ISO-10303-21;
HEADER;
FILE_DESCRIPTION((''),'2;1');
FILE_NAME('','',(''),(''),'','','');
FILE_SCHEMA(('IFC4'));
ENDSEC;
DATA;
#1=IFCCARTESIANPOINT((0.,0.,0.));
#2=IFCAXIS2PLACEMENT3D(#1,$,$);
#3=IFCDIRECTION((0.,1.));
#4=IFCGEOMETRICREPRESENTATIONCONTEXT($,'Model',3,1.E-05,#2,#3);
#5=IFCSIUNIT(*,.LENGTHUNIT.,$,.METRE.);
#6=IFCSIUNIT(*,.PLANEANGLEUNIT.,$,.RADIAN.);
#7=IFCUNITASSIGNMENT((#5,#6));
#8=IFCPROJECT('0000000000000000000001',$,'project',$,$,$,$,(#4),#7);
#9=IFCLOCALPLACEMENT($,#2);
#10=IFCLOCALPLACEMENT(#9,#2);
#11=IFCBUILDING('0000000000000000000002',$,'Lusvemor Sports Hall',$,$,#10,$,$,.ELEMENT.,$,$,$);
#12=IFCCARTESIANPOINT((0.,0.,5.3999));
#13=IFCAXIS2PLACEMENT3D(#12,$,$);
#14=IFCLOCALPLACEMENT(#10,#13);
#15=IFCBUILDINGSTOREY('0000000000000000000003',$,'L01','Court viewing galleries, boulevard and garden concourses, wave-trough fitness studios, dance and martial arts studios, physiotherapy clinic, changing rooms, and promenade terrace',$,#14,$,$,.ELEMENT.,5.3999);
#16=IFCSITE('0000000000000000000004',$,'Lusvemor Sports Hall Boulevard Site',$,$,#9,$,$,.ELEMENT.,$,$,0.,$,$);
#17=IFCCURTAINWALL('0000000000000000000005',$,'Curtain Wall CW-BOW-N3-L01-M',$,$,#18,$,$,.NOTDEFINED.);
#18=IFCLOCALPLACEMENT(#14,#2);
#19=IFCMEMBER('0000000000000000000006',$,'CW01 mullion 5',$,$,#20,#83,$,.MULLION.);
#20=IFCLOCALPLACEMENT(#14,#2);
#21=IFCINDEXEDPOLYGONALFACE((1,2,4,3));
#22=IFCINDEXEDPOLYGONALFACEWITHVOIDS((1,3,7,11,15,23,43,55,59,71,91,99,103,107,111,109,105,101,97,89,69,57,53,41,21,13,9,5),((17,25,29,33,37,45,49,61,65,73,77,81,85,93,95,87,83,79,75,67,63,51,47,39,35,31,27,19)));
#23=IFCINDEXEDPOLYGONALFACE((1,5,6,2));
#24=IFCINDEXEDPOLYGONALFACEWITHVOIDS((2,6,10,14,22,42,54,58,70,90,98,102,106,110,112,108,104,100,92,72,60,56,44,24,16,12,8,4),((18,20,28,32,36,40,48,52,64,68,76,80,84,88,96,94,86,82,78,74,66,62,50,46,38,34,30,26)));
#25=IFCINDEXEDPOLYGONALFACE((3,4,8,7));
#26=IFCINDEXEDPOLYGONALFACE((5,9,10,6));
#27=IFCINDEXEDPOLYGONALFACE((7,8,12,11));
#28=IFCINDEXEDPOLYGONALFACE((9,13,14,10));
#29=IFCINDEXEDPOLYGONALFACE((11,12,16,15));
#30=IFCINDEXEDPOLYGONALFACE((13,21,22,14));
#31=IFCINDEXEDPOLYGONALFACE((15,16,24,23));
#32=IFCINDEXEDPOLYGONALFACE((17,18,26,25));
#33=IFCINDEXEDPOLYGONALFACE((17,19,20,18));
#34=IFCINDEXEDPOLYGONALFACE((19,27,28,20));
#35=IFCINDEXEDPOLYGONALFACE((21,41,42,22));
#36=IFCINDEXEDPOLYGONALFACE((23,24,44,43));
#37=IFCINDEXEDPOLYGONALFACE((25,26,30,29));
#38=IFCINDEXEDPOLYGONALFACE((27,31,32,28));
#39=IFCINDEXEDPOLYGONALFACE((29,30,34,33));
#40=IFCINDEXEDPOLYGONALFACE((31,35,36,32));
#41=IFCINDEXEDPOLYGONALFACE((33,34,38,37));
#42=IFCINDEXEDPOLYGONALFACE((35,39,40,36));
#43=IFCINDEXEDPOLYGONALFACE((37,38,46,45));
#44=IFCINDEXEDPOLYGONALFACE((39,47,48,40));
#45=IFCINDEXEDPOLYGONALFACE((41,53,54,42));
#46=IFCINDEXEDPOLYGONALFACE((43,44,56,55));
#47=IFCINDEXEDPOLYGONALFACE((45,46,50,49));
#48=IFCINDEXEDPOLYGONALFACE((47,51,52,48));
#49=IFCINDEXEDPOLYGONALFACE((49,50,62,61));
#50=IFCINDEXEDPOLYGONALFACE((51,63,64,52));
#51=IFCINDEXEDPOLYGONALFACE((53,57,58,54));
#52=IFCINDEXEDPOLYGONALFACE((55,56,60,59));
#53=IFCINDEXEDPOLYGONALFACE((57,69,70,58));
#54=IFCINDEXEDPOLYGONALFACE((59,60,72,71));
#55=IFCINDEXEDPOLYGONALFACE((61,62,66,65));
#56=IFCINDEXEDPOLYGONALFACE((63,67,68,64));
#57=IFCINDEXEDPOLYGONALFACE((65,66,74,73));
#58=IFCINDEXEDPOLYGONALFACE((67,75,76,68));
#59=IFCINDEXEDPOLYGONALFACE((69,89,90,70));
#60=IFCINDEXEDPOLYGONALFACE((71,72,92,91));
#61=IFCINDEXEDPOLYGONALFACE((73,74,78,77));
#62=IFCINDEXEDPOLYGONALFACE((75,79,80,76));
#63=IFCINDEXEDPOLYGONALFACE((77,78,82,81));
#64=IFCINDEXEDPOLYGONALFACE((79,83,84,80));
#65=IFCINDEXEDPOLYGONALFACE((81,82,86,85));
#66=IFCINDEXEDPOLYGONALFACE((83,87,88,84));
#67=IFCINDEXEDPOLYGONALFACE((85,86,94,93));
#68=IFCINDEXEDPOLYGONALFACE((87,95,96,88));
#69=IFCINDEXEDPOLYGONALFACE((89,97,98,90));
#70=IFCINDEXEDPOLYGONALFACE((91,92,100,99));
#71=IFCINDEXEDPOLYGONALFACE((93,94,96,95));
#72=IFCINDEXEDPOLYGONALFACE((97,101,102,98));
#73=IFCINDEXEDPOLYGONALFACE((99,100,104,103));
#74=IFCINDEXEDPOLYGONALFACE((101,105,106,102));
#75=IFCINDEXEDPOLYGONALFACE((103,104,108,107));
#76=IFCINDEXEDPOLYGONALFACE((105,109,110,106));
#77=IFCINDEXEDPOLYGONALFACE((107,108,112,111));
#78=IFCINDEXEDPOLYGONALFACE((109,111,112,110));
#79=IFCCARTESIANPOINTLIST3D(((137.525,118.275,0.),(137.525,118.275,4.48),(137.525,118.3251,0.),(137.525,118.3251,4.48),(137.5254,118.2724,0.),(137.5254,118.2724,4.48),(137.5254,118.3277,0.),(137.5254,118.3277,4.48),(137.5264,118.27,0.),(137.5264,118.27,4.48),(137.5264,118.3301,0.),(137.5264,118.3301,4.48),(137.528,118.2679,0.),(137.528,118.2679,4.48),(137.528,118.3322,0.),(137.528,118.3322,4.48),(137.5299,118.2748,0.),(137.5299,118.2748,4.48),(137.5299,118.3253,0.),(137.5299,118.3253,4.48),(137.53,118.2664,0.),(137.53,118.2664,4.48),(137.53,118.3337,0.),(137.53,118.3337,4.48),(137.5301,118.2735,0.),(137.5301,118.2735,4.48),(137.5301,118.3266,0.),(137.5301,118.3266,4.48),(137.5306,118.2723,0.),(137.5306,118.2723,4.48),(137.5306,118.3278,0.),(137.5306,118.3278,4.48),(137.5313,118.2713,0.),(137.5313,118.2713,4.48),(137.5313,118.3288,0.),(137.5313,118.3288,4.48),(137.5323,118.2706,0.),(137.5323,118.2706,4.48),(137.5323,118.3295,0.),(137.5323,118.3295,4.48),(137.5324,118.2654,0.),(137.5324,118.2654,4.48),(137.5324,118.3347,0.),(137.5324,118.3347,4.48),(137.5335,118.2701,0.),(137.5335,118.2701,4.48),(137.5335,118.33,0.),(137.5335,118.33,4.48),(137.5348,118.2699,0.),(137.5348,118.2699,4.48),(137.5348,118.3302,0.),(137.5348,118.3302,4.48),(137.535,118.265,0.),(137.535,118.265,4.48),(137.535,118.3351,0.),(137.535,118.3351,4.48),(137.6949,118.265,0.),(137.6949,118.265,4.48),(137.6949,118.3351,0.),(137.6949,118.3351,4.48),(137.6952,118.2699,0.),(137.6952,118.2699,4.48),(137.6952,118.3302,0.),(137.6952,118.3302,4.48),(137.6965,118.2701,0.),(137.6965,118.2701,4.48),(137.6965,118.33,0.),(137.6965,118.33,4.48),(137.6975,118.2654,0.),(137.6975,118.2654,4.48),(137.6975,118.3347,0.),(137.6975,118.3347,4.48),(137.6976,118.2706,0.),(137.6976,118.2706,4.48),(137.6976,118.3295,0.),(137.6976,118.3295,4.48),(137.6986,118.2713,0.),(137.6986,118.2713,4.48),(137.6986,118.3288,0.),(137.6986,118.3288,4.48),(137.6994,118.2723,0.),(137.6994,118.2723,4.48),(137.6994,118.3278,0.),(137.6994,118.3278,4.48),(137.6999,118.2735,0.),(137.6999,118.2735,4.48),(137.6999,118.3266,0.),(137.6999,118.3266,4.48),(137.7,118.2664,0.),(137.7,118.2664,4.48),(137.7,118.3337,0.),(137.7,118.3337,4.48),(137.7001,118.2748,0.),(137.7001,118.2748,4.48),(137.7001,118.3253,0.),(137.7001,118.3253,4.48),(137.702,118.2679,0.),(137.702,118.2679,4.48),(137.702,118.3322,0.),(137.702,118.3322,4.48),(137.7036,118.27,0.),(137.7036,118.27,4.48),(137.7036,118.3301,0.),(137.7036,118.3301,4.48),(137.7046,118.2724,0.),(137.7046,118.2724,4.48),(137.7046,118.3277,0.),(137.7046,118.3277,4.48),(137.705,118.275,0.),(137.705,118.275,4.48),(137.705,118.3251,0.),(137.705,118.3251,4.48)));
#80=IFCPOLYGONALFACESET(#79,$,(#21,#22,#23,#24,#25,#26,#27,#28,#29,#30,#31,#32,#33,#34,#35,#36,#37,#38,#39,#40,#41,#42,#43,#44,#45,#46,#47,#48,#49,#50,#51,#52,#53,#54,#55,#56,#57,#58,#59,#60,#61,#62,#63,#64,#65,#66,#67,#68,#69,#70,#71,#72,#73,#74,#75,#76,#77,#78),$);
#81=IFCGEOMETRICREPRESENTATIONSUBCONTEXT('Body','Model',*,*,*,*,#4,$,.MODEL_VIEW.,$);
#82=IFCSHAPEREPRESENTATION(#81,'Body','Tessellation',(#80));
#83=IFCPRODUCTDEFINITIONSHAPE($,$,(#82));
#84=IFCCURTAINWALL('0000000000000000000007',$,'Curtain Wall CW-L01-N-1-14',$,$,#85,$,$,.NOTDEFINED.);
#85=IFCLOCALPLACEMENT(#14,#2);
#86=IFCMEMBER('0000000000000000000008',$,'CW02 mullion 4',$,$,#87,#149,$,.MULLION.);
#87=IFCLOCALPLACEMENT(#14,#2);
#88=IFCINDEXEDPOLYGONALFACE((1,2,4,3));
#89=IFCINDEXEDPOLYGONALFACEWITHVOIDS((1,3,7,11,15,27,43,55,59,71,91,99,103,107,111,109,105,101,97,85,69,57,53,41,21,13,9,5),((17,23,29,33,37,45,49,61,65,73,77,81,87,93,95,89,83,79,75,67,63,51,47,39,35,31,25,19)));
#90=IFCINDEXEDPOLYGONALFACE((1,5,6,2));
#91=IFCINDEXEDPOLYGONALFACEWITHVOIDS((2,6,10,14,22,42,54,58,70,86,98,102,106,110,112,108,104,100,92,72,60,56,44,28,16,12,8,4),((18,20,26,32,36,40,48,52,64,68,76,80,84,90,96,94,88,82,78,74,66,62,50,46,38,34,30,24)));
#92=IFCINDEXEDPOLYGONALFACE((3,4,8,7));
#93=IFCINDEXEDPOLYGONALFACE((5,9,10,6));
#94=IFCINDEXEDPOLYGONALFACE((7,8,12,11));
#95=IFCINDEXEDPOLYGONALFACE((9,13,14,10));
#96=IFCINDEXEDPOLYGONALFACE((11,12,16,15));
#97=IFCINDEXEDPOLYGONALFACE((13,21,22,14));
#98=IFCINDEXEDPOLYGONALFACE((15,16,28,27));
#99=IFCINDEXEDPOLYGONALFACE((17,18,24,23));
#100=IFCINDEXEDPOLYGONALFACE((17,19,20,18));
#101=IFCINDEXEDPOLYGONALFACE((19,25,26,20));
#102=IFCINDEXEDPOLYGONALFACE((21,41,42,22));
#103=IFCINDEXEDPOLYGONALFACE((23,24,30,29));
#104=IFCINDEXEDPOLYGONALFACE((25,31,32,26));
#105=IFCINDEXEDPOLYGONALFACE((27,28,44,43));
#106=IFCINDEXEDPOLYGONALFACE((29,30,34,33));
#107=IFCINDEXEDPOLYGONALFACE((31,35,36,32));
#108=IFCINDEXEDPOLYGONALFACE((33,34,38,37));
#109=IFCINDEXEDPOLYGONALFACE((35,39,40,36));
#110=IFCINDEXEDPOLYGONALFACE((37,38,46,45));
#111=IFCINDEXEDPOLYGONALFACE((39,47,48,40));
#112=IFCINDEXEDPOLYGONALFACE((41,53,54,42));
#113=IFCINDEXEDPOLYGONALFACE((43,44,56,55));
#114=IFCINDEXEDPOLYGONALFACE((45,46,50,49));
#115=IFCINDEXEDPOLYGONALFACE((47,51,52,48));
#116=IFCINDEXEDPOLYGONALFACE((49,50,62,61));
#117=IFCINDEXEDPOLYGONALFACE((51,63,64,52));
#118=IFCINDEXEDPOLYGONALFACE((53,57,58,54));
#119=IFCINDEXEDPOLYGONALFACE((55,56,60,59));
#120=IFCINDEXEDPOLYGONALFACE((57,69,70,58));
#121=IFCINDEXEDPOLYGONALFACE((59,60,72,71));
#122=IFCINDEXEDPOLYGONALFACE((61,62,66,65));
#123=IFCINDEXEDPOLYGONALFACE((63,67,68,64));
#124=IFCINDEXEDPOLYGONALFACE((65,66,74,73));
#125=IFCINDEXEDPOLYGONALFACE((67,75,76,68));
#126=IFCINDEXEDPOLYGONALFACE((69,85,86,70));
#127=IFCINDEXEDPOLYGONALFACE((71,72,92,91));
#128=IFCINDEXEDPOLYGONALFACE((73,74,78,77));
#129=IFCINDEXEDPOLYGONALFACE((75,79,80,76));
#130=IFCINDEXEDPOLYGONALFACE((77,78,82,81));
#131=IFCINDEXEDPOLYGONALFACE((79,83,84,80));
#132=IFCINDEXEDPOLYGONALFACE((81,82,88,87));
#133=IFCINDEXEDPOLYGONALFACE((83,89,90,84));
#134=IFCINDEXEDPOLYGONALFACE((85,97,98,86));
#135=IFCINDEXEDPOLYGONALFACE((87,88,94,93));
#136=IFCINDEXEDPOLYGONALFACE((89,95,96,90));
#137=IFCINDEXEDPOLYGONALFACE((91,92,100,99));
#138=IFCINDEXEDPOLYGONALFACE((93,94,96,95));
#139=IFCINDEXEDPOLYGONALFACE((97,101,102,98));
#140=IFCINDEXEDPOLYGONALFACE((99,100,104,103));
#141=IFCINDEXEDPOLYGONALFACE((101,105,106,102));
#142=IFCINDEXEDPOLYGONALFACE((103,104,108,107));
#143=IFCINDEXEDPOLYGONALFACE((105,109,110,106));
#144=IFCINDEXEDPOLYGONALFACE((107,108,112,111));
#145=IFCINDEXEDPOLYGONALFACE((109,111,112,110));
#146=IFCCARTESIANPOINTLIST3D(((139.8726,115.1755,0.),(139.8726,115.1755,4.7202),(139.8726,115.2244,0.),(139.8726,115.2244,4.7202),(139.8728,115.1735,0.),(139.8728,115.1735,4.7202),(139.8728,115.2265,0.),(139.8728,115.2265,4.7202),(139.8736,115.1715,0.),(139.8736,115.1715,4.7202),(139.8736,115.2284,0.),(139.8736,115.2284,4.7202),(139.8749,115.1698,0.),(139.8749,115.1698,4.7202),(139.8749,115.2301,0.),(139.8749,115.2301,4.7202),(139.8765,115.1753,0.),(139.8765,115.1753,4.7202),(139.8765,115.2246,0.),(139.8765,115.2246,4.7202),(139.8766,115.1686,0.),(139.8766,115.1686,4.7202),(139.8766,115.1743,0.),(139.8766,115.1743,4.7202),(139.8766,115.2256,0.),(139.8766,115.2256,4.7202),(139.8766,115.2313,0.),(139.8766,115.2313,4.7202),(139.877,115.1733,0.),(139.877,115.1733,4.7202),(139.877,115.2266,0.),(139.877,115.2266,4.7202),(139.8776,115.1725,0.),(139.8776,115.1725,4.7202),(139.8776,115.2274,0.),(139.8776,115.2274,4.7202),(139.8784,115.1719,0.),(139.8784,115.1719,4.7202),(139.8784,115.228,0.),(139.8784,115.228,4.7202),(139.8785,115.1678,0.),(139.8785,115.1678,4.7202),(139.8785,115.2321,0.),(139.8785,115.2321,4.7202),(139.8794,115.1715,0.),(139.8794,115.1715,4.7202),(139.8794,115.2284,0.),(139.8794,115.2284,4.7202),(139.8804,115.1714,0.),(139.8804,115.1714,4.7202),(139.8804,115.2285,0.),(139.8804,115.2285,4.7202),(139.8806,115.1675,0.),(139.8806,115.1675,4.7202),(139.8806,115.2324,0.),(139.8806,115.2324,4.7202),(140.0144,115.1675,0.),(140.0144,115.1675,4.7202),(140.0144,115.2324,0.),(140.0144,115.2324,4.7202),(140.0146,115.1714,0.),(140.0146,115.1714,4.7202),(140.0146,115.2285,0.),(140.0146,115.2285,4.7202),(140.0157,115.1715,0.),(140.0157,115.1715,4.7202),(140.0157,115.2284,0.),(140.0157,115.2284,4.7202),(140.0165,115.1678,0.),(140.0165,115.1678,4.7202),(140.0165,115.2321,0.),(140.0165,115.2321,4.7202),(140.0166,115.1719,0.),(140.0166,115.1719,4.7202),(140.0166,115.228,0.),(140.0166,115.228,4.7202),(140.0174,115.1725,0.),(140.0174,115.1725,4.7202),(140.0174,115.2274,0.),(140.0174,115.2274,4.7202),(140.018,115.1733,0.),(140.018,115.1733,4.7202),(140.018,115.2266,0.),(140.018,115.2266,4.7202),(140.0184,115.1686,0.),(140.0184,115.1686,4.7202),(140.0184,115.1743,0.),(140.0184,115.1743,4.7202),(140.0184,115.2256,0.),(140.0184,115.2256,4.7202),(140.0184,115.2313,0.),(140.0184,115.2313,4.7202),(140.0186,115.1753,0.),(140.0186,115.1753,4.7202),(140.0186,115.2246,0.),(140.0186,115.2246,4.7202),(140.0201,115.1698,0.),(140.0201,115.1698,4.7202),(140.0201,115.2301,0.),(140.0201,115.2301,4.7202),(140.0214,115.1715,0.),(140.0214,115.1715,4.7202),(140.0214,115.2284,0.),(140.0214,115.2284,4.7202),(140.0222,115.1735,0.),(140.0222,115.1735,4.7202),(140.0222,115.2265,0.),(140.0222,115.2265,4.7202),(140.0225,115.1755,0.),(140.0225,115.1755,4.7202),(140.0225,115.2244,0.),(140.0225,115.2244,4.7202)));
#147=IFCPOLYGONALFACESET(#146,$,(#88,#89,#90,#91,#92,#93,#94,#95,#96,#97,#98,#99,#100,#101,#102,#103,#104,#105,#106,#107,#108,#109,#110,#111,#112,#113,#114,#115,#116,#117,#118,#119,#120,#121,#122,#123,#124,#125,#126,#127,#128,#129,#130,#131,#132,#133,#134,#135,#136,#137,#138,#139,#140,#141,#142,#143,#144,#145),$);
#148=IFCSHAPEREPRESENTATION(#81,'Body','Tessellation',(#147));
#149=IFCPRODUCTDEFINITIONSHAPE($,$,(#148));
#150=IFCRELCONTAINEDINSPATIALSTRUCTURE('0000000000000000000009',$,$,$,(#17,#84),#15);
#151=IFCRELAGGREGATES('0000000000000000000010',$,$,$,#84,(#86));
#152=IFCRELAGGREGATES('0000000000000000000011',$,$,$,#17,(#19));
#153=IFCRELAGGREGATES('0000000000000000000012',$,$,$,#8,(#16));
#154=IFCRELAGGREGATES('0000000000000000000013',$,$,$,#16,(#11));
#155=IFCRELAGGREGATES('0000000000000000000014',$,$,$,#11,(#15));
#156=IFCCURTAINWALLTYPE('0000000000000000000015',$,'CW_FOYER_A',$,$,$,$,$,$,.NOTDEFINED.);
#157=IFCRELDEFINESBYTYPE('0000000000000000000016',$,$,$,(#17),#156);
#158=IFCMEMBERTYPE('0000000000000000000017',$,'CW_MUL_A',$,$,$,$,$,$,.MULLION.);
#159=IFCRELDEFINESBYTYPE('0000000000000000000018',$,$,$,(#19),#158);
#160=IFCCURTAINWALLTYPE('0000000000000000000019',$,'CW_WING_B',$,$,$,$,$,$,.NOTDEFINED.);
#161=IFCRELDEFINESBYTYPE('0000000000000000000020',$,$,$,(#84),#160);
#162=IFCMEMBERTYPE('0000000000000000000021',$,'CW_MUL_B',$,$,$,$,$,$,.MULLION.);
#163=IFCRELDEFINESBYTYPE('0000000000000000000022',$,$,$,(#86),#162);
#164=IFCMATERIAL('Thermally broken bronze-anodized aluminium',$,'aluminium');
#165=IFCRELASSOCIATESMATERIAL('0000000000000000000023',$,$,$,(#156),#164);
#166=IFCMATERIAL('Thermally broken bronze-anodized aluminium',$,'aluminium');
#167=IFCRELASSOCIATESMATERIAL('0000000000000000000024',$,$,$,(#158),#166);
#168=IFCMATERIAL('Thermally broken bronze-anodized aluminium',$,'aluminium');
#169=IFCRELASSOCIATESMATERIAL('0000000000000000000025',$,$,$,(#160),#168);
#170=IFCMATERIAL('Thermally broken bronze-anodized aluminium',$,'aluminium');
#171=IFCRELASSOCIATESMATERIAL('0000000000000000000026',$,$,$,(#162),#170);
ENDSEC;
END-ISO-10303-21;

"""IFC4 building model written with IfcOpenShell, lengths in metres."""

from ifc_helpers import new_model, si_unit, direction, frame, origin, origin_2d, place, context, subcontext, project, spatial, hollow_rectangle, extrude, material, material_profile, profile_set, type_object, element, aggregate, save


model = new_model("IFC4")

# Units and contexts
model_context = context("Model", 3, precision=1e-05, world=origin(), true_north=direction((0.0, 1.0)))
body_context = subcontext(model_context, "Body", "Model", "MODEL_VIEW")
ifc_project = project(units=[si_unit("LENGTHUNIT", "METRE"), si_unit("PLANEANGLEUNIT", "RADIAN")], contexts=[model_context])

# Site, building, storey
site_placement = place(None, origin())
site = spatial("IfcSite", under=ifc_project, at=site_placement, Name="Lusvemor Sports Hall Boulevard Site", CompositionType="ELEMENT", RefElevation=0.0)
building_placement = place(site_placement, origin())
building = spatial("IfcBuilding", under=site, at=building_placement, Name="Lusvemor Sports Hall", CompositionType="ELEMENT")
storey_placement = place(building_placement, frame((0.0, 0.0, 5.3999)))
storey = spatial("IfcBuildingStorey", under=building, at=storey_placement, Name="L01", Description="Court viewing galleries, boulevard and garden concourses, wave-trough fitness studios, dance and martial arts studios, physiotherapy clinic, changing rooms, and promenade terrace", CompositionType="ELEMENT", Elevation=5.3999)

# Curtain wall, member
ifc_material_1 = material(Name="Thermally broken bronze-anodized aluminium", Category="aluminium")
curtain_wall_type_1 = type_object("IfcCurtainWallType", Name="CW_FOYER_A", PredefinedType="NOTDEFINED", material=ifc_material_1)
curtain_wall_1_placement = place(storey_placement, origin())
curtain_wall_1 = element("IfcCurtainWall", 1, at=curtain_wall_1_placement, inside=storey, type_object=curtain_wall_type_1, Name="Curtain Wall CW-BOW-N3-L01-M", PredefinedType="NOTDEFINED")
ifc_material_2 = material(Name="Thermally broken bronze-anodized aluminium", Category="aluminium")
ifc_material_profile_1 = material_profile(ifc_material_2, hollow_rectangle(XDim=0.0701, YDim=0.1799, WallThickness=0.0049, InnerFilletRadius=0.0049, OuterFilletRadius=0.01, at=origin_2d()), Name="CWMUL180x70x5")
ifc_profile_set_1 = profile_set([ifc_material_profile_1], Name="Thermally broken bronze-anodized aluminium")
member_type_1 = type_object("IfcMemberType", Name="CW_MUL_A", PredefinedType="MULLION", material=ifc_profile_set_1)
member_1_placement = place(storey_placement, frame((137.615, 118.3, 0.0), z_axis=(0.0, 0.0, 1.0), x_axis=(0.0, 1.0, 0.0)))
member_1 = element("IfcMember", 2, at=member_1_placement, type_object=member_type_1, Name="CW01 mullion 5", PredefinedType="MULLION", context=body_context, shape_type="SweptSolid", body=[
    extrude(hollow_rectangle(XDim=0.0701, YDim=0.1799, WallThickness=0.0049, InnerFilletRadius=0.0049, OuterFilletRadius=0.01, at=origin_2d()), origin(), (0.0, 0.0, 1.0), 4.48),
])

# Curtain wall, member
ifc_material_3 = material(Name="Thermally broken bronze-anodized aluminium", Category="aluminium")
curtain_wall_type_2 = type_object("IfcCurtainWallType", Name="CW_WING_B", PredefinedType="NOTDEFINED", material=ifc_material_3)
curtain_wall_2_placement = place(storey_placement, origin())
curtain_wall_2 = element("IfcCurtainWall", 3, at=curtain_wall_2_placement, inside=storey, type_object=curtain_wall_type_2, Name="Curtain Wall CW-L01-N-1-14", PredefinedType="NOTDEFINED")
ifc_material_4 = material(Name="Thermally broken bronze-anodized aluminium", Category="aluminium")
ifc_material_profile_2 = material_profile(ifc_material_4, hollow_rectangle(XDim=0.0649, YDim=0.1499, WallThickness=0.0039, InnerFilletRadius=0.0039, OuterFilletRadius=0.0081, at=origin_2d()), Name="CWMUL150x65x4")
ifc_profile_set_2 = profile_set([ifc_material_profile_2], Name="Thermally broken bronze-anodized aluminium")
member_type_2 = type_object("IfcMemberType", Name="CW_MUL_B", PredefinedType="MULLION", material=ifc_profile_set_2)
member_2_placement = place(storey_placement, frame((139.9475, 115.2, 0.0), z_axis=(0.0, 0.0, 1.0), x_axis=(0.0, 1.0, 0.0)))
member_2 = element("IfcMember", 4, at=member_2_placement, type_object=member_type_2, Name="CW02 mullion 4", PredefinedType="MULLION", context=body_context, shape_type="SweptSolid", body=[
    extrude(hollow_rectangle(XDim=0.0649, YDim=0.1499, WallThickness=0.0039, InnerFilletRadius=0.0039, OuterFilletRadius=0.0081, at=origin_2d()), origin(), (0.0, 0.0, 1.0), 4.7202),
])

aggregate(curtain_wall_2, [member_2])
aggregate(curtain_wall_1, [member_1])

save(model, "model.ifc")
